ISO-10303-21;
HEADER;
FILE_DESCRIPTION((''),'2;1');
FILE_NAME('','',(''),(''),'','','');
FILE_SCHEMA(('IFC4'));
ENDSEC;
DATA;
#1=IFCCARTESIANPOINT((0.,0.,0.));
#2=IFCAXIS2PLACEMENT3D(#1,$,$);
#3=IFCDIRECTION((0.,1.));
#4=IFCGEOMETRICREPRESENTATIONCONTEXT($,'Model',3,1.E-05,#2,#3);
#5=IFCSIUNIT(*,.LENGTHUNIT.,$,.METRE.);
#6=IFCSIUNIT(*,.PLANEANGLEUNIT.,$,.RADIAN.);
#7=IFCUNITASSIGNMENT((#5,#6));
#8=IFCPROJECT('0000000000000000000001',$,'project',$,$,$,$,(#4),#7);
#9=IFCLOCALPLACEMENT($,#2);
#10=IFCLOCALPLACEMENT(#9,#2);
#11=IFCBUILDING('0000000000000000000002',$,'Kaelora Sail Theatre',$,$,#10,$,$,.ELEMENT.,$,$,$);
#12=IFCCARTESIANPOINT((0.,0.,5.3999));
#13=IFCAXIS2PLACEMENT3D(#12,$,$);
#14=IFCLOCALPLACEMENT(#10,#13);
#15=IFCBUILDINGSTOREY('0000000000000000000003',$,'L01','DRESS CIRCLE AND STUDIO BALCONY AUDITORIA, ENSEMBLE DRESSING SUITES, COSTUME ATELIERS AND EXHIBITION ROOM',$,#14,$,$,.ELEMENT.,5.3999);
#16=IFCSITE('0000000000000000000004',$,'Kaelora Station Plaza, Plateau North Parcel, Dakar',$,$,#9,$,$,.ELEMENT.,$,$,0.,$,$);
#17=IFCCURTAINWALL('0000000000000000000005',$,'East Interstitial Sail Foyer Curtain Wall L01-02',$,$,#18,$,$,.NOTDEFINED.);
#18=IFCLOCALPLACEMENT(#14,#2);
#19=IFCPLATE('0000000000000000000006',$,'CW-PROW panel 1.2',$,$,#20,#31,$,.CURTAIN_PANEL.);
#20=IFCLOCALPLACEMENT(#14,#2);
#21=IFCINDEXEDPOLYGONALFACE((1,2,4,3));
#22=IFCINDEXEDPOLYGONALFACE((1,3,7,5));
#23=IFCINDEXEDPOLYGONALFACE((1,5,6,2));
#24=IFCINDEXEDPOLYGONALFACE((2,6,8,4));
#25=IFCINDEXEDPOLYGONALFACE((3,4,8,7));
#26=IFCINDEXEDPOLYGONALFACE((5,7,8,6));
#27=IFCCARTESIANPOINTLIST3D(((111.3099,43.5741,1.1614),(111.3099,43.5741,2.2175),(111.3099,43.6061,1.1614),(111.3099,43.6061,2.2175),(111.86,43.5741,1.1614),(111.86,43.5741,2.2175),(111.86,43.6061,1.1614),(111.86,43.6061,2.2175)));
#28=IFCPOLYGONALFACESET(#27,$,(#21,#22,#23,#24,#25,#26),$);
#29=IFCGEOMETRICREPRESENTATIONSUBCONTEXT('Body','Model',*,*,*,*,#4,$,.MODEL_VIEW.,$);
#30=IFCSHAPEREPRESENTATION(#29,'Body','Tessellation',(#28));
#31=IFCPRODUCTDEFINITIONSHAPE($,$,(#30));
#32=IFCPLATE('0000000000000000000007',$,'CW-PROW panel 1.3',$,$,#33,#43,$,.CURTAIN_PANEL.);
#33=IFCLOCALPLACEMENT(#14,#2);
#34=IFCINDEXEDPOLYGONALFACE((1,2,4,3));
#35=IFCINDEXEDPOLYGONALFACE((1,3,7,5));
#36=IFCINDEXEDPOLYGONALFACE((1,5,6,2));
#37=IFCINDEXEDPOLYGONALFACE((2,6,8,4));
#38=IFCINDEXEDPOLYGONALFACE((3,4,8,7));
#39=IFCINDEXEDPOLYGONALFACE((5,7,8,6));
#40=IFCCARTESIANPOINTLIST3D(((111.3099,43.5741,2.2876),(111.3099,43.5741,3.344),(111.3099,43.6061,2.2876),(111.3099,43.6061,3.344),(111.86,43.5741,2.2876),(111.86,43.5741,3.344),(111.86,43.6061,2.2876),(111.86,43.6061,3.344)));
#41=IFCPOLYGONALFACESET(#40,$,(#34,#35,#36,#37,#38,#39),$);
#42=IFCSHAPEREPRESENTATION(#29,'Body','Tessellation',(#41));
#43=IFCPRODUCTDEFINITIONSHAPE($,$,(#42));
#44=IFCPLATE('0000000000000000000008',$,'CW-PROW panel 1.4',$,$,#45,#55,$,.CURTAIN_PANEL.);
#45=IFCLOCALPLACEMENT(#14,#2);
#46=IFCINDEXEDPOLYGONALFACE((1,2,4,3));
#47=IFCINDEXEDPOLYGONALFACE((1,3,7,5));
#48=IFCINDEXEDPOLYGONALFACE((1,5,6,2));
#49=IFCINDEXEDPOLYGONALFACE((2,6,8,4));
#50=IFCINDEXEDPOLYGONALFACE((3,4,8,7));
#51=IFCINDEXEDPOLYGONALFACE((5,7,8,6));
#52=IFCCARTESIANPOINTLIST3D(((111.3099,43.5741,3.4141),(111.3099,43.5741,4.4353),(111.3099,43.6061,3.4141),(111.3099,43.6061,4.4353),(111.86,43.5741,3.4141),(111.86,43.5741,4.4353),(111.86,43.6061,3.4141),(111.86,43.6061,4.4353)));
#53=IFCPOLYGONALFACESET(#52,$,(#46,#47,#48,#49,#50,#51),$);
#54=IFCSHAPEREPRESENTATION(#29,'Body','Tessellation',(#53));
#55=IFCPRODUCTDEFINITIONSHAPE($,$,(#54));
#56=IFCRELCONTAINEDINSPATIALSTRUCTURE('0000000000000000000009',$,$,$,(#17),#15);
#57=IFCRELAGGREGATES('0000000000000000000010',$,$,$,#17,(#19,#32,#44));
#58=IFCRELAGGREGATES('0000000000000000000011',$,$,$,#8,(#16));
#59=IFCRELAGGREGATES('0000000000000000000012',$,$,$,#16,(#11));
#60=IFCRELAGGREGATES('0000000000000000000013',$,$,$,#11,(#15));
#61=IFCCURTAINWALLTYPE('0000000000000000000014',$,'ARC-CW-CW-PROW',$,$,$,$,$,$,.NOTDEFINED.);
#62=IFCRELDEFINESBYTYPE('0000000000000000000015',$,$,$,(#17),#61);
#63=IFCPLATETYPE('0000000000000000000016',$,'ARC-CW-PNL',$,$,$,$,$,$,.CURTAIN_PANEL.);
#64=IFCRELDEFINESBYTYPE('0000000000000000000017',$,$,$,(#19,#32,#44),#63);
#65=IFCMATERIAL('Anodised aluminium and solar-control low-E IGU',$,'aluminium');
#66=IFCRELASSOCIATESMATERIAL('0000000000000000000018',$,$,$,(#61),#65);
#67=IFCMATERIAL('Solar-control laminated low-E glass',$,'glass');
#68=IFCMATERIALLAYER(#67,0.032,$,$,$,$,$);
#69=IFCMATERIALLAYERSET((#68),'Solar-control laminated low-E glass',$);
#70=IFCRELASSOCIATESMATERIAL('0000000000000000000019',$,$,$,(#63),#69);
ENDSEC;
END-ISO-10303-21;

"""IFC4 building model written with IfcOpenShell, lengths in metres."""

from ifc_helpers import new_model, si_unit, direction, frame, origin, origin_2d, place, context, subcontext, project, spatial, rectangle, extrude, material, layer, layer_set, type_object, element, aggregate, save


model = new_model("IFC4")

# Units and contexts
model_context = context("Model", 3, precision=1e-05, world=origin(), true_north=direction((0.0, 1.0)))
body_context = subcontext(model_context, "Body", "Model", "MODEL_VIEW")
ifc_project = project(units=[si_unit("LENGTHUNIT", "METRE"), si_unit("PLANEANGLEUNIT", "RADIAN")], contexts=[model_context])

# Site, building, storey
site_placement = place(None, origin())
site = spatial("IfcSite", under=ifc_project, at=site_placement, Name="Kaelora Station Plaza, Plateau North Parcel, Dakar", CompositionType="ELEMENT", RefElevation=0.0)
building_placement = place(site_placement, origin())
building = spatial("IfcBuilding", under=site, at=building_placement, Name="Kaelora Sail Theatre", CompositionType="ELEMENT")
storey_placement = place(building_placement, frame((0.0, 0.0, 5.3999)))
storey = spatial("IfcBuildingStorey", under=building, at=storey_placement, Name="L01", Description="DRESS CIRCLE AND STUDIO BALCONY AUDITORIA, ENSEMBLE DRESSING SUITES, COSTUME ATELIERS AND EXHIBITION ROOM", CompositionType="ELEMENT", Elevation=5.3999)

# Shared definitions
ifc_material_1 = material(Name="Anodised aluminium and solar-control low-E IGU", Category="aluminium")
curtain_wall_type = type_object("IfcCurtainWallType", Name="ARC-CW-CW-PROW", PredefinedType="NOTDEFINED", material=ifc_material_1)

# Curtain wall
curtain_wall_1_placement = place(storey_placement, origin())
curtain_wall_1 = element("IfcCurtainWall", 1, at=curtain_wall_1_placement, inside=storey, type_object=curtain_wall_type, Name="East Interstitial Sail Foyer Curtain Wall L01-02", PredefinedType="NOTDEFINED")

# Plates
ifc_material_2 = material(Name="Solar-control laminated low-E glass", Category="glass")
ifc_layer = layer(ifc_material_2, 0.032)
ifc_layer_set = layer_set([ifc_layer], Name="Solar-control laminated low-E glass")
plate_type = type_object("IfcPlateType", Name="ARC-CW-PNL", PredefinedType="CURTAIN_PANEL", material=ifc_layer_set)
plate_1_placement = place(storey_placement, frame((111.585, 43.5901, 1.1614), z_axis=(0.0, 0.0, 1.0), x_axis=(1.0, 0.0, 0.0)))
plate_1 = element("IfcPlate", 2, at=plate_1_placement, type_object=plate_type, Name="CW-PROW panel 1.2", PredefinedType="CURTAIN_PANEL", context=body_context, shape_type="SweptSolid", body=[
    extrude(rectangle(XDim=0.55, YDim=0.032, at=origin_2d()), origin(), (0.0, 0.0, 1.0), 1.0562),
])
plate_2_placement = place(storey_placement, frame((111.585, 43.5901, 2.2876), z_axis=(0.0, 0.0, 1.0), x_axis=(1.0, 0.0, 0.0)))
plate_2 = element("IfcPlate", 3, at=plate_2_placement, type_object=plate_type, Name="CW-PROW panel 1.3", PredefinedType="CURTAIN_PANEL", context=body_context, shape_type="SweptSolid", body=[
    extrude(rectangle(XDim=0.55, YDim=0.032, at=origin_2d()), origin(), (0.0, 0.0, 1.0), 1.0564),
])
plate_3_placement = place(storey_placement, frame((111.585, 43.5901, 3.4141), z_axis=(0.0, 0.0, 1.0), x_axis=(1.0, 0.0, 0.0)))
plate_3 = element("IfcPlate", 4, at=plate_3_placement, type_object=plate_type, Name="CW-PROW panel 1.4", PredefinedType="CURTAIN_PANEL", context=body_context, shape_type="SweptSolid", body=[
    extrude(rectangle(XDim=0.55, YDim=0.032, at=origin_2d()), origin(), (0.0, 0.0, 1.0), 1.0212),
])
aggregate(curtain_wall_1, [plate_1, plate_2, plate_3])

save(model, "model.ifc")
